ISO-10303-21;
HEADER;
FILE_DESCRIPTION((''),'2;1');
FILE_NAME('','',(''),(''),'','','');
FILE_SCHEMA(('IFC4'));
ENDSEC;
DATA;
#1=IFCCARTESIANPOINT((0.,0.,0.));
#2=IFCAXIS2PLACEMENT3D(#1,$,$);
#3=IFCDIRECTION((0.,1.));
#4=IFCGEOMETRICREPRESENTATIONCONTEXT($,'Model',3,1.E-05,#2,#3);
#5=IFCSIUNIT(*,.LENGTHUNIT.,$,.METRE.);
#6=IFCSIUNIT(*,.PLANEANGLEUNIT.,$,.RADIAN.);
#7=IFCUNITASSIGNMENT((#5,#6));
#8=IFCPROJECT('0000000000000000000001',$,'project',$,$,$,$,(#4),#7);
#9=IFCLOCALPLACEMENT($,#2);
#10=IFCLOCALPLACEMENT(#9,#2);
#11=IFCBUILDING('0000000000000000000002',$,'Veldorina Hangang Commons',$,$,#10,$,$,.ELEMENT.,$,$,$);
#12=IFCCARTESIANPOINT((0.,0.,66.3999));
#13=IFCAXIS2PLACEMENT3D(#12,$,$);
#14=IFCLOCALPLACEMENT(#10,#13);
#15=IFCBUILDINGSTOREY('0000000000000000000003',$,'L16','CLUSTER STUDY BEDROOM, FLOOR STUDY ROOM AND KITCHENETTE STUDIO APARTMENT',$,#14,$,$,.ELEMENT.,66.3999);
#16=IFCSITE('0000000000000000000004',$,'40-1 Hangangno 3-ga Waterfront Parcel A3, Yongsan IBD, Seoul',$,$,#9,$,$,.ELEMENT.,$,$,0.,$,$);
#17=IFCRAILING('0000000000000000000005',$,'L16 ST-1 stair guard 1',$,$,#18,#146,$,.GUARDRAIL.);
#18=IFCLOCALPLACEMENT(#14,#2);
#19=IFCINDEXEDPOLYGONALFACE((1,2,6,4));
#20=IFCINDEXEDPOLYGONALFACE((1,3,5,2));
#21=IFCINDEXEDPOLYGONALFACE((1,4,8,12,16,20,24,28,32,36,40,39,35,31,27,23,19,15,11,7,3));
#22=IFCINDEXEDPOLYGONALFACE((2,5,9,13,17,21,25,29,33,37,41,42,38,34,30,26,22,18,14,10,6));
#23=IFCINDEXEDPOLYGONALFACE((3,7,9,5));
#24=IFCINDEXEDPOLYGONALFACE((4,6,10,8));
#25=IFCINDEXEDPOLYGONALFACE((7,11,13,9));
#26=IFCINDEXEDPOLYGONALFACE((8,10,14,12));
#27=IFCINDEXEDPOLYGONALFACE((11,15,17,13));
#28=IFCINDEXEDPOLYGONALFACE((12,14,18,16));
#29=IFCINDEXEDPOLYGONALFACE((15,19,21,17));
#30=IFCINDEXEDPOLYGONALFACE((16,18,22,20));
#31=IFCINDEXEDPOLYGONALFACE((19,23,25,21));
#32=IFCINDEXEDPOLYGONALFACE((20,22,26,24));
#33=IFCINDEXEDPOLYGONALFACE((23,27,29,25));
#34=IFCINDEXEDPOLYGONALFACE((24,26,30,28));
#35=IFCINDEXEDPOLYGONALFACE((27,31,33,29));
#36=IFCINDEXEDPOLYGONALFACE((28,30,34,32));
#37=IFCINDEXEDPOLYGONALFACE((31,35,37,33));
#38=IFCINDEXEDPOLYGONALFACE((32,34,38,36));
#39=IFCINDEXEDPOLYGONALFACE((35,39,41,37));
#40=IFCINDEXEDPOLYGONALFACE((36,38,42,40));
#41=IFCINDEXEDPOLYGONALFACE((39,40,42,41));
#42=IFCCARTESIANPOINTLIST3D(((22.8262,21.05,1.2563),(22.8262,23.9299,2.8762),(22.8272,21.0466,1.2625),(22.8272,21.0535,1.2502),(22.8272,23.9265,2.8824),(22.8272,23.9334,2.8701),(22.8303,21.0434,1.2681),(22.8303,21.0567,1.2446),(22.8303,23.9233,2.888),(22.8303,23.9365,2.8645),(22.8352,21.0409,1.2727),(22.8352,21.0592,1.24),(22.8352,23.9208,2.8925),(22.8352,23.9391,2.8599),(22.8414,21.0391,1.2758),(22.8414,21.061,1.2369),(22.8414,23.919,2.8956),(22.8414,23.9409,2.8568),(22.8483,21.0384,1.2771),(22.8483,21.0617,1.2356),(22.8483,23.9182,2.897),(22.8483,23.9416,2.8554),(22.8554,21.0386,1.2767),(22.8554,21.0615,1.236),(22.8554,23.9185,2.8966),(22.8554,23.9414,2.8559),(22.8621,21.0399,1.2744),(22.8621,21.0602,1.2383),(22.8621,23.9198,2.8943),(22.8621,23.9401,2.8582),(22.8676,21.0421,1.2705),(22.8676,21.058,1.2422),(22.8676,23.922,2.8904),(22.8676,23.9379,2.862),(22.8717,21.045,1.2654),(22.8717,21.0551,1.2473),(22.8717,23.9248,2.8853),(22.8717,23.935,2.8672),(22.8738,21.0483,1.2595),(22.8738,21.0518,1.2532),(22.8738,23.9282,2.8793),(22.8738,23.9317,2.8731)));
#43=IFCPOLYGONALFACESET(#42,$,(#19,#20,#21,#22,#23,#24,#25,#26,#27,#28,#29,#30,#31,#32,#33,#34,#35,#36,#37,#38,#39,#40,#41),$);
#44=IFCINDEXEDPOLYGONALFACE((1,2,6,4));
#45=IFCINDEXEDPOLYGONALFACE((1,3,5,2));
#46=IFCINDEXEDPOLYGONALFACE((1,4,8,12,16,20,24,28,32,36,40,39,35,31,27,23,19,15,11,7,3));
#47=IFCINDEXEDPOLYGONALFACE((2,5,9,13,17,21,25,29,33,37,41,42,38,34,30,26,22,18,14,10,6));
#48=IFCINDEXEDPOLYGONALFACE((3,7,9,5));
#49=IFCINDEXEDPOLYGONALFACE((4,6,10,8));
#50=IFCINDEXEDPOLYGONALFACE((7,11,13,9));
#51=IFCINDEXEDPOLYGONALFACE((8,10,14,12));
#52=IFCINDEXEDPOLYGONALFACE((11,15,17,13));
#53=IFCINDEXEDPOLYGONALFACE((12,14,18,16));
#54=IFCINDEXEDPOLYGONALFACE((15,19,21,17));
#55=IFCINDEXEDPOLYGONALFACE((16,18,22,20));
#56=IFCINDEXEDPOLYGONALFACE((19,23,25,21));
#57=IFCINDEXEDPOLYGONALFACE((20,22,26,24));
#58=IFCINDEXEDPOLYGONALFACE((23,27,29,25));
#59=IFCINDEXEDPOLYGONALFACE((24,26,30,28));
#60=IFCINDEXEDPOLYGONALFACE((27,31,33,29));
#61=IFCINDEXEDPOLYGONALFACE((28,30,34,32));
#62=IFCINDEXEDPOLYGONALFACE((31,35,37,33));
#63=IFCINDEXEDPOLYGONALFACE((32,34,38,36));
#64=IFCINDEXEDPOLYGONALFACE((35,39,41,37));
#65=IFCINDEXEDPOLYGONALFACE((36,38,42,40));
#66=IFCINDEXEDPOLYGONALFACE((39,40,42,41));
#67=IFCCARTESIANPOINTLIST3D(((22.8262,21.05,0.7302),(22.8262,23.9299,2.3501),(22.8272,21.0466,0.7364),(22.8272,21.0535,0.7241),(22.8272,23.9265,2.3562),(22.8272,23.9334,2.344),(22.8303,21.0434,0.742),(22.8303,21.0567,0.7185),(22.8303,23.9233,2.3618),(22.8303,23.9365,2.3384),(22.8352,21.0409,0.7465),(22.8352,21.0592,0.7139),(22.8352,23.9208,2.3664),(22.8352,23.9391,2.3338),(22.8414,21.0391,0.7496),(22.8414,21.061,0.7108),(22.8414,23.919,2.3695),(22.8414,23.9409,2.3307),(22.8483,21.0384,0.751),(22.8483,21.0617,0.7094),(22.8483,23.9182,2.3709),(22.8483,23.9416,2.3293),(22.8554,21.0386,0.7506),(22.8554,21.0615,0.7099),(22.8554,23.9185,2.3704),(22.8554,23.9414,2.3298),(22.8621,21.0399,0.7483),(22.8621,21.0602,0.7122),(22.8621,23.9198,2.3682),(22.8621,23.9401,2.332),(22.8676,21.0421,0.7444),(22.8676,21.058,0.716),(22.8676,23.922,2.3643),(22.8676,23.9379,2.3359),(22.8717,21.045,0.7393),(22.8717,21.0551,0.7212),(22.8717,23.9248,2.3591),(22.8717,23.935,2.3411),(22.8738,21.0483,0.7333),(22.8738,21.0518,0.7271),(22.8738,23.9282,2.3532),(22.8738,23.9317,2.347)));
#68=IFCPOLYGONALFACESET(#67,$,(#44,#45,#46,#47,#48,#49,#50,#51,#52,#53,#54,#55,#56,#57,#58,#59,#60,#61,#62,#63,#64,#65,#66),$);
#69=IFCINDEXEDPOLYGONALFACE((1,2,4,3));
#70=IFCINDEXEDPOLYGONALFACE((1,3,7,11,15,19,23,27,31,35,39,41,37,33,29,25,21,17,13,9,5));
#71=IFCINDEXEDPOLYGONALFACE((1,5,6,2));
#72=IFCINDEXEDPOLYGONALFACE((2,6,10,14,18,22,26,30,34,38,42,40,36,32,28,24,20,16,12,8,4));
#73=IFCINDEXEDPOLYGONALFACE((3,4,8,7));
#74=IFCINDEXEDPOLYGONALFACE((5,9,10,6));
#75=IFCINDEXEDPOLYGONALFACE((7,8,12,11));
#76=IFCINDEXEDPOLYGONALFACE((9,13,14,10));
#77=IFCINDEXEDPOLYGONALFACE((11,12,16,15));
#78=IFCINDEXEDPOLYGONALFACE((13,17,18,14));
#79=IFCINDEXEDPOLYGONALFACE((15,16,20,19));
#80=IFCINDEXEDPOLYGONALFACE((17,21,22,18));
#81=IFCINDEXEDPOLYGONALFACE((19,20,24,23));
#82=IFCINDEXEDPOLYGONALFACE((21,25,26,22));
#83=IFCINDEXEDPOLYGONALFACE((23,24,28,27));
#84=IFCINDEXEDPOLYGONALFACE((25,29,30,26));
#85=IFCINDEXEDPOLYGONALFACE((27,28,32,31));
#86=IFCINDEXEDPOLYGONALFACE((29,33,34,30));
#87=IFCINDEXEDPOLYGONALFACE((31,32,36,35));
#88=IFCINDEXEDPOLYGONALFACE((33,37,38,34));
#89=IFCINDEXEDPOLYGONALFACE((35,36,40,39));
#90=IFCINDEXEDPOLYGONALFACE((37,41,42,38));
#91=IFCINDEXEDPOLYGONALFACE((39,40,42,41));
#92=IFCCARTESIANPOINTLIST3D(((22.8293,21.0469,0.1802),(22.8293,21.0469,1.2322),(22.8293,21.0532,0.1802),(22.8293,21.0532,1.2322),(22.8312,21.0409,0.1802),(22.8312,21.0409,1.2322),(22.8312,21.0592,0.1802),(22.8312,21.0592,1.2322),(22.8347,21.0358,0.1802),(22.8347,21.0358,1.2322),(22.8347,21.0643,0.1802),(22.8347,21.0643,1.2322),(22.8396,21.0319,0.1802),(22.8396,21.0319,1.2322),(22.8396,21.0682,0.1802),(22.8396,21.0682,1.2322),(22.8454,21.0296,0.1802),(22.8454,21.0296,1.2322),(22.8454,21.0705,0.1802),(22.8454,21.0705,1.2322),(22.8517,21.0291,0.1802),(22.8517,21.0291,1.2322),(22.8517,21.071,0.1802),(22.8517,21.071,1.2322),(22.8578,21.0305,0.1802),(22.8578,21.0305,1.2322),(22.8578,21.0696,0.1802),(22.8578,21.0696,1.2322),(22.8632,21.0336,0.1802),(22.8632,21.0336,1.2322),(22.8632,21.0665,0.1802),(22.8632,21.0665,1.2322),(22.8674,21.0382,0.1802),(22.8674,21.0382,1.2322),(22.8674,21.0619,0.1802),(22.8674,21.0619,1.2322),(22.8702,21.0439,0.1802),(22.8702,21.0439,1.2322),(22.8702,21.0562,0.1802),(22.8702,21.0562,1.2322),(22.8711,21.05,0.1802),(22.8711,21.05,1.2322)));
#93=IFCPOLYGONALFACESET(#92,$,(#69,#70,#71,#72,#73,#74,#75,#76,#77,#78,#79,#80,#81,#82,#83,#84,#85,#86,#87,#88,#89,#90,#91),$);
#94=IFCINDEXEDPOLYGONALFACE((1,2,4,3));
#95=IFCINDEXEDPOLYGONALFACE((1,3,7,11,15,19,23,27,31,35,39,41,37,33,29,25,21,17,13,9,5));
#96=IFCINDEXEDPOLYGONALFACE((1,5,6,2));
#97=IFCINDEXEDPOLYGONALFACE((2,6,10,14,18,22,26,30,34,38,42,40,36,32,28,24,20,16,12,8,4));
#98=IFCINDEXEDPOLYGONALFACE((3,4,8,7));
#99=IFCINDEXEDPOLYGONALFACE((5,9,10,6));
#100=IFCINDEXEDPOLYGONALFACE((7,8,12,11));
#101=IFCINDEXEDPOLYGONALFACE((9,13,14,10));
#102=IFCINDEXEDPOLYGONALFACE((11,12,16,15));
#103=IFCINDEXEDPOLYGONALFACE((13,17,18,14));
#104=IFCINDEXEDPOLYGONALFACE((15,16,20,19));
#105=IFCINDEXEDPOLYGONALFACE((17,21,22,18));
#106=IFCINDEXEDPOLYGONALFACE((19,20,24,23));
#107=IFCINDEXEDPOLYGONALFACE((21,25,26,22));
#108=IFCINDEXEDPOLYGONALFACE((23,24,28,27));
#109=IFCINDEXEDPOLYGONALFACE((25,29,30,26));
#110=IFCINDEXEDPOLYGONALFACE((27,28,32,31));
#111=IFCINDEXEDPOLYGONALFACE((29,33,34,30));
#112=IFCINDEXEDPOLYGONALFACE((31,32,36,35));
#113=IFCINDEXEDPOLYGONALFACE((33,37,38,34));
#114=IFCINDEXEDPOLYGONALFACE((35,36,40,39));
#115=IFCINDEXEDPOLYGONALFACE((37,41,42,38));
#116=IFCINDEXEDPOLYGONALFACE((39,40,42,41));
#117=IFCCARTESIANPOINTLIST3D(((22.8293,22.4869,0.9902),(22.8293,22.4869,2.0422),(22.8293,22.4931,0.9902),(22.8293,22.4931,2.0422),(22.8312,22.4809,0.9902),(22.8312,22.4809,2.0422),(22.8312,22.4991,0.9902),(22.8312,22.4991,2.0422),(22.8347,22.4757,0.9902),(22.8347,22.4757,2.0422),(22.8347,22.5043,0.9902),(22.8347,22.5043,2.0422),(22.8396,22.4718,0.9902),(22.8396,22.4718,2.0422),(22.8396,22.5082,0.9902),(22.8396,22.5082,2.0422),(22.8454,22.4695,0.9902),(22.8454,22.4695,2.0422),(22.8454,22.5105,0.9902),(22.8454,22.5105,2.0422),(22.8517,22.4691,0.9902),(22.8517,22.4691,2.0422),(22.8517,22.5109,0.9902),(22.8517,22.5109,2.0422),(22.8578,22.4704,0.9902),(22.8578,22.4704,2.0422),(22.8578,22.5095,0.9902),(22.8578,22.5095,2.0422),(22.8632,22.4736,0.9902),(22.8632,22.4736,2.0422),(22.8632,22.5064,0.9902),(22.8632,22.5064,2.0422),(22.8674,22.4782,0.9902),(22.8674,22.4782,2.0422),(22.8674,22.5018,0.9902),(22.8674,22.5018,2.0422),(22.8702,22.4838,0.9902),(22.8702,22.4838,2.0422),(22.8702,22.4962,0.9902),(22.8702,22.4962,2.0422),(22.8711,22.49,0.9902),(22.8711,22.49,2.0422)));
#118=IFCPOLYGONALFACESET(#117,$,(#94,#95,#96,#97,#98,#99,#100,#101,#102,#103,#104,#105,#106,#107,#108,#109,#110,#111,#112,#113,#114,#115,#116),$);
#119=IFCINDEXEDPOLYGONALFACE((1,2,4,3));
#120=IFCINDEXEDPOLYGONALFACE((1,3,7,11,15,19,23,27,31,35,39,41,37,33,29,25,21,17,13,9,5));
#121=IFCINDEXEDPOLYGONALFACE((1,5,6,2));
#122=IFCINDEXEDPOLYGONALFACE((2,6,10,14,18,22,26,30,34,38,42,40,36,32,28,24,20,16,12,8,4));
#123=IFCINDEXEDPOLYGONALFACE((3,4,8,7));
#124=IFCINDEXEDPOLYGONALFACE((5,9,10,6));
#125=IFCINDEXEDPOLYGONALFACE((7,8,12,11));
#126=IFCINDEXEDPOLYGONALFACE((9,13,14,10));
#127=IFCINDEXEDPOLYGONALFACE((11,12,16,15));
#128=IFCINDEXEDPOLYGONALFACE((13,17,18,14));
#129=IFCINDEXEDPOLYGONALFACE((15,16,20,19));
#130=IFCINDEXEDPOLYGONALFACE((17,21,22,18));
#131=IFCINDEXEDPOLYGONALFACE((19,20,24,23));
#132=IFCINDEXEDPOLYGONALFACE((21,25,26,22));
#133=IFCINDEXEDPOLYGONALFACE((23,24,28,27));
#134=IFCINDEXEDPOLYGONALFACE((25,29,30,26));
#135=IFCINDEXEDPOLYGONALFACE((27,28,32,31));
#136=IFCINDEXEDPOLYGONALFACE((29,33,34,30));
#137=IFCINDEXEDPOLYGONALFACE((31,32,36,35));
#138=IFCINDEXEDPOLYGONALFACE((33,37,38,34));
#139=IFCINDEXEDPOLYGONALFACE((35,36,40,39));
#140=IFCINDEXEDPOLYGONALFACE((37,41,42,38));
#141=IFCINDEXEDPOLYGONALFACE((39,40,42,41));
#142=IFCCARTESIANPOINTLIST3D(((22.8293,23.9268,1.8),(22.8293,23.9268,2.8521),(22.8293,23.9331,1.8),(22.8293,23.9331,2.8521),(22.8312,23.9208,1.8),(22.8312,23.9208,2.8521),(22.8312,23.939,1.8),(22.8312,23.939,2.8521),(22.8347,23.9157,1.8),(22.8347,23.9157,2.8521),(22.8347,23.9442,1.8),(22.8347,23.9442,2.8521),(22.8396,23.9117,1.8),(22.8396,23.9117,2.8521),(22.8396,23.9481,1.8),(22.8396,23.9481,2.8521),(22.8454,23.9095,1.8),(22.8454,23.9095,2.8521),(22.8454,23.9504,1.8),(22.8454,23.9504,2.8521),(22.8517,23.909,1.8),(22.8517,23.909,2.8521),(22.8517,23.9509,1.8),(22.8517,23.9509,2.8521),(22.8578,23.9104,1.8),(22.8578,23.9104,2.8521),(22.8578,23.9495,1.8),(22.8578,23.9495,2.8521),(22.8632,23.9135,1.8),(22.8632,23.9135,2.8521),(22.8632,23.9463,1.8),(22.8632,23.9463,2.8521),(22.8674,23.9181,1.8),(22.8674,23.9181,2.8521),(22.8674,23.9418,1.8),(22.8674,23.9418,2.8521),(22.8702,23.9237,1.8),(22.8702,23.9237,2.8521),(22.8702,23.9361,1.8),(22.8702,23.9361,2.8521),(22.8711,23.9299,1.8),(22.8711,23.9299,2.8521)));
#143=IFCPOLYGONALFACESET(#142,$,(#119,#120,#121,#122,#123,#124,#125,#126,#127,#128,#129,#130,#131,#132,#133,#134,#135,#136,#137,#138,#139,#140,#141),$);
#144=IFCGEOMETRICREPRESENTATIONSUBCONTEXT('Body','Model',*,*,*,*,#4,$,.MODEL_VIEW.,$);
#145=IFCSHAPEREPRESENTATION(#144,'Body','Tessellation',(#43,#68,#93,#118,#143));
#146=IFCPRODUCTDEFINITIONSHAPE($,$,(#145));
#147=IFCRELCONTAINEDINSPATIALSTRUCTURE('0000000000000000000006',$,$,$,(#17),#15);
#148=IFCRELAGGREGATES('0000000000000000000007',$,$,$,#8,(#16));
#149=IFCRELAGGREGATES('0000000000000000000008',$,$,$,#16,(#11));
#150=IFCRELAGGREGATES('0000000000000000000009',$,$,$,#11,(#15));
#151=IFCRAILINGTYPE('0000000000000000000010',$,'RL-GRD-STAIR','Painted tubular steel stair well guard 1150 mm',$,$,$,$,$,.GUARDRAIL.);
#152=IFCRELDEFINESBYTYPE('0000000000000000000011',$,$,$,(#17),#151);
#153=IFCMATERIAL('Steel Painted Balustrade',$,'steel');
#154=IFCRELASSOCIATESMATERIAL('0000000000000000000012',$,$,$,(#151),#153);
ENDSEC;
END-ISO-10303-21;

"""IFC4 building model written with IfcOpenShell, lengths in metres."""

from ifc_helpers import new_model, si_unit, direction, frame, origin, origin_2d, place, context, subcontext, project, spatial, circle, extrude, material, type_object, element, save


model = new_model("IFC4")

# Units and contexts
model_context = context("Model", 3, precision=1e-05, world=origin(), true_north=direction((0.0, 1.0)))
body_context = subcontext(model_context, "Body", "Model", "MODEL_VIEW")
ifc_project = project(units=[si_unit("LENGTHUNIT", "METRE"), si_unit("PLANEANGLEUNIT", "RADIAN")], contexts=[model_context])

# Site, building, storey
site_placement = place(None, origin())
site = spatial("IfcSite", under=ifc_project, at=site_placement, Name="40-1 Hangangno 3-ga Waterfront Parcel A3, Yongsan IBD, Seoul", CompositionType="ELEMENT", RefElevation=0.0)
building_placement = place(site_placement, origin())
building = spatial("IfcBuilding", under=site, at=building_placement, Name="Veldorina Hangang Commons", CompositionType="ELEMENT")
storey_placement = place(building_placement, frame((0.0, 0.0, 66.3999)))
storey = spatial("IfcBuildingStorey", under=building, at=storey_placement, Name="L16", Description="CLUSTER STUDY BEDROOM, FLOOR STUDY ROOM AND KITCHENETTE STUDIO APARTMENT", CompositionType="ELEMENT", Elevation=66.3999)

# Railing
ifc_material_1 = material(Name="Steel Painted Balustrade", Category="steel")
railing_type = type_object("IfcRailingType", Name="RL-GRD-STAIR", Description="Painted tubular steel stair well guard 1150 mm", PredefinedType="GUARDRAIL", material=ifc_material_1)
railing_1_placement = place(storey_placement, frame((22.8501, 21.05, 0.1802)))
element("IfcRailing", 1, at=railing_1_placement, inside=storey, type_object=railing_type, Name="L16 ST-1 stair guard 1", PredefinedType="GUARDRAIL", context=body_context, shape_type="SweptSolid", body=[
    extrude(circle(Radius=0.0239, at=origin_2d()), frame((0.0, 0.0, 1.0762), z_axis=(0.0, 0.871583, 0.490247), x_axis=(-1.0, 0.0, 0.0)), (0.0, 0.0, 1.0), 3.3042),
    extrude(circle(Radius=0.0239, at=origin_2d()), frame((0.0, 0.0, 0.55), z_axis=(0.0, 0.871583, 0.490247), x_axis=(-1.0, 0.0, 0.0)), (0.0, 0.0, 1.0), 3.3042),
    extrude(circle(Radius=0.021, at=origin_2d()), origin(), (0.0, 0.0, 1.0), 1.052),
    extrude(circle(Radius=0.021, at=origin_2d()), frame((0.0, 1.4399, 0.8101)), (0.0, 0.0, 1.0), 1.052),
    extrude(circle(Radius=0.021, at=origin_2d()), frame((0.0, 2.8799, 1.6199)), (0.0, 0.0, 1.0), 1.052),
])

save(model, "model.ifc")
